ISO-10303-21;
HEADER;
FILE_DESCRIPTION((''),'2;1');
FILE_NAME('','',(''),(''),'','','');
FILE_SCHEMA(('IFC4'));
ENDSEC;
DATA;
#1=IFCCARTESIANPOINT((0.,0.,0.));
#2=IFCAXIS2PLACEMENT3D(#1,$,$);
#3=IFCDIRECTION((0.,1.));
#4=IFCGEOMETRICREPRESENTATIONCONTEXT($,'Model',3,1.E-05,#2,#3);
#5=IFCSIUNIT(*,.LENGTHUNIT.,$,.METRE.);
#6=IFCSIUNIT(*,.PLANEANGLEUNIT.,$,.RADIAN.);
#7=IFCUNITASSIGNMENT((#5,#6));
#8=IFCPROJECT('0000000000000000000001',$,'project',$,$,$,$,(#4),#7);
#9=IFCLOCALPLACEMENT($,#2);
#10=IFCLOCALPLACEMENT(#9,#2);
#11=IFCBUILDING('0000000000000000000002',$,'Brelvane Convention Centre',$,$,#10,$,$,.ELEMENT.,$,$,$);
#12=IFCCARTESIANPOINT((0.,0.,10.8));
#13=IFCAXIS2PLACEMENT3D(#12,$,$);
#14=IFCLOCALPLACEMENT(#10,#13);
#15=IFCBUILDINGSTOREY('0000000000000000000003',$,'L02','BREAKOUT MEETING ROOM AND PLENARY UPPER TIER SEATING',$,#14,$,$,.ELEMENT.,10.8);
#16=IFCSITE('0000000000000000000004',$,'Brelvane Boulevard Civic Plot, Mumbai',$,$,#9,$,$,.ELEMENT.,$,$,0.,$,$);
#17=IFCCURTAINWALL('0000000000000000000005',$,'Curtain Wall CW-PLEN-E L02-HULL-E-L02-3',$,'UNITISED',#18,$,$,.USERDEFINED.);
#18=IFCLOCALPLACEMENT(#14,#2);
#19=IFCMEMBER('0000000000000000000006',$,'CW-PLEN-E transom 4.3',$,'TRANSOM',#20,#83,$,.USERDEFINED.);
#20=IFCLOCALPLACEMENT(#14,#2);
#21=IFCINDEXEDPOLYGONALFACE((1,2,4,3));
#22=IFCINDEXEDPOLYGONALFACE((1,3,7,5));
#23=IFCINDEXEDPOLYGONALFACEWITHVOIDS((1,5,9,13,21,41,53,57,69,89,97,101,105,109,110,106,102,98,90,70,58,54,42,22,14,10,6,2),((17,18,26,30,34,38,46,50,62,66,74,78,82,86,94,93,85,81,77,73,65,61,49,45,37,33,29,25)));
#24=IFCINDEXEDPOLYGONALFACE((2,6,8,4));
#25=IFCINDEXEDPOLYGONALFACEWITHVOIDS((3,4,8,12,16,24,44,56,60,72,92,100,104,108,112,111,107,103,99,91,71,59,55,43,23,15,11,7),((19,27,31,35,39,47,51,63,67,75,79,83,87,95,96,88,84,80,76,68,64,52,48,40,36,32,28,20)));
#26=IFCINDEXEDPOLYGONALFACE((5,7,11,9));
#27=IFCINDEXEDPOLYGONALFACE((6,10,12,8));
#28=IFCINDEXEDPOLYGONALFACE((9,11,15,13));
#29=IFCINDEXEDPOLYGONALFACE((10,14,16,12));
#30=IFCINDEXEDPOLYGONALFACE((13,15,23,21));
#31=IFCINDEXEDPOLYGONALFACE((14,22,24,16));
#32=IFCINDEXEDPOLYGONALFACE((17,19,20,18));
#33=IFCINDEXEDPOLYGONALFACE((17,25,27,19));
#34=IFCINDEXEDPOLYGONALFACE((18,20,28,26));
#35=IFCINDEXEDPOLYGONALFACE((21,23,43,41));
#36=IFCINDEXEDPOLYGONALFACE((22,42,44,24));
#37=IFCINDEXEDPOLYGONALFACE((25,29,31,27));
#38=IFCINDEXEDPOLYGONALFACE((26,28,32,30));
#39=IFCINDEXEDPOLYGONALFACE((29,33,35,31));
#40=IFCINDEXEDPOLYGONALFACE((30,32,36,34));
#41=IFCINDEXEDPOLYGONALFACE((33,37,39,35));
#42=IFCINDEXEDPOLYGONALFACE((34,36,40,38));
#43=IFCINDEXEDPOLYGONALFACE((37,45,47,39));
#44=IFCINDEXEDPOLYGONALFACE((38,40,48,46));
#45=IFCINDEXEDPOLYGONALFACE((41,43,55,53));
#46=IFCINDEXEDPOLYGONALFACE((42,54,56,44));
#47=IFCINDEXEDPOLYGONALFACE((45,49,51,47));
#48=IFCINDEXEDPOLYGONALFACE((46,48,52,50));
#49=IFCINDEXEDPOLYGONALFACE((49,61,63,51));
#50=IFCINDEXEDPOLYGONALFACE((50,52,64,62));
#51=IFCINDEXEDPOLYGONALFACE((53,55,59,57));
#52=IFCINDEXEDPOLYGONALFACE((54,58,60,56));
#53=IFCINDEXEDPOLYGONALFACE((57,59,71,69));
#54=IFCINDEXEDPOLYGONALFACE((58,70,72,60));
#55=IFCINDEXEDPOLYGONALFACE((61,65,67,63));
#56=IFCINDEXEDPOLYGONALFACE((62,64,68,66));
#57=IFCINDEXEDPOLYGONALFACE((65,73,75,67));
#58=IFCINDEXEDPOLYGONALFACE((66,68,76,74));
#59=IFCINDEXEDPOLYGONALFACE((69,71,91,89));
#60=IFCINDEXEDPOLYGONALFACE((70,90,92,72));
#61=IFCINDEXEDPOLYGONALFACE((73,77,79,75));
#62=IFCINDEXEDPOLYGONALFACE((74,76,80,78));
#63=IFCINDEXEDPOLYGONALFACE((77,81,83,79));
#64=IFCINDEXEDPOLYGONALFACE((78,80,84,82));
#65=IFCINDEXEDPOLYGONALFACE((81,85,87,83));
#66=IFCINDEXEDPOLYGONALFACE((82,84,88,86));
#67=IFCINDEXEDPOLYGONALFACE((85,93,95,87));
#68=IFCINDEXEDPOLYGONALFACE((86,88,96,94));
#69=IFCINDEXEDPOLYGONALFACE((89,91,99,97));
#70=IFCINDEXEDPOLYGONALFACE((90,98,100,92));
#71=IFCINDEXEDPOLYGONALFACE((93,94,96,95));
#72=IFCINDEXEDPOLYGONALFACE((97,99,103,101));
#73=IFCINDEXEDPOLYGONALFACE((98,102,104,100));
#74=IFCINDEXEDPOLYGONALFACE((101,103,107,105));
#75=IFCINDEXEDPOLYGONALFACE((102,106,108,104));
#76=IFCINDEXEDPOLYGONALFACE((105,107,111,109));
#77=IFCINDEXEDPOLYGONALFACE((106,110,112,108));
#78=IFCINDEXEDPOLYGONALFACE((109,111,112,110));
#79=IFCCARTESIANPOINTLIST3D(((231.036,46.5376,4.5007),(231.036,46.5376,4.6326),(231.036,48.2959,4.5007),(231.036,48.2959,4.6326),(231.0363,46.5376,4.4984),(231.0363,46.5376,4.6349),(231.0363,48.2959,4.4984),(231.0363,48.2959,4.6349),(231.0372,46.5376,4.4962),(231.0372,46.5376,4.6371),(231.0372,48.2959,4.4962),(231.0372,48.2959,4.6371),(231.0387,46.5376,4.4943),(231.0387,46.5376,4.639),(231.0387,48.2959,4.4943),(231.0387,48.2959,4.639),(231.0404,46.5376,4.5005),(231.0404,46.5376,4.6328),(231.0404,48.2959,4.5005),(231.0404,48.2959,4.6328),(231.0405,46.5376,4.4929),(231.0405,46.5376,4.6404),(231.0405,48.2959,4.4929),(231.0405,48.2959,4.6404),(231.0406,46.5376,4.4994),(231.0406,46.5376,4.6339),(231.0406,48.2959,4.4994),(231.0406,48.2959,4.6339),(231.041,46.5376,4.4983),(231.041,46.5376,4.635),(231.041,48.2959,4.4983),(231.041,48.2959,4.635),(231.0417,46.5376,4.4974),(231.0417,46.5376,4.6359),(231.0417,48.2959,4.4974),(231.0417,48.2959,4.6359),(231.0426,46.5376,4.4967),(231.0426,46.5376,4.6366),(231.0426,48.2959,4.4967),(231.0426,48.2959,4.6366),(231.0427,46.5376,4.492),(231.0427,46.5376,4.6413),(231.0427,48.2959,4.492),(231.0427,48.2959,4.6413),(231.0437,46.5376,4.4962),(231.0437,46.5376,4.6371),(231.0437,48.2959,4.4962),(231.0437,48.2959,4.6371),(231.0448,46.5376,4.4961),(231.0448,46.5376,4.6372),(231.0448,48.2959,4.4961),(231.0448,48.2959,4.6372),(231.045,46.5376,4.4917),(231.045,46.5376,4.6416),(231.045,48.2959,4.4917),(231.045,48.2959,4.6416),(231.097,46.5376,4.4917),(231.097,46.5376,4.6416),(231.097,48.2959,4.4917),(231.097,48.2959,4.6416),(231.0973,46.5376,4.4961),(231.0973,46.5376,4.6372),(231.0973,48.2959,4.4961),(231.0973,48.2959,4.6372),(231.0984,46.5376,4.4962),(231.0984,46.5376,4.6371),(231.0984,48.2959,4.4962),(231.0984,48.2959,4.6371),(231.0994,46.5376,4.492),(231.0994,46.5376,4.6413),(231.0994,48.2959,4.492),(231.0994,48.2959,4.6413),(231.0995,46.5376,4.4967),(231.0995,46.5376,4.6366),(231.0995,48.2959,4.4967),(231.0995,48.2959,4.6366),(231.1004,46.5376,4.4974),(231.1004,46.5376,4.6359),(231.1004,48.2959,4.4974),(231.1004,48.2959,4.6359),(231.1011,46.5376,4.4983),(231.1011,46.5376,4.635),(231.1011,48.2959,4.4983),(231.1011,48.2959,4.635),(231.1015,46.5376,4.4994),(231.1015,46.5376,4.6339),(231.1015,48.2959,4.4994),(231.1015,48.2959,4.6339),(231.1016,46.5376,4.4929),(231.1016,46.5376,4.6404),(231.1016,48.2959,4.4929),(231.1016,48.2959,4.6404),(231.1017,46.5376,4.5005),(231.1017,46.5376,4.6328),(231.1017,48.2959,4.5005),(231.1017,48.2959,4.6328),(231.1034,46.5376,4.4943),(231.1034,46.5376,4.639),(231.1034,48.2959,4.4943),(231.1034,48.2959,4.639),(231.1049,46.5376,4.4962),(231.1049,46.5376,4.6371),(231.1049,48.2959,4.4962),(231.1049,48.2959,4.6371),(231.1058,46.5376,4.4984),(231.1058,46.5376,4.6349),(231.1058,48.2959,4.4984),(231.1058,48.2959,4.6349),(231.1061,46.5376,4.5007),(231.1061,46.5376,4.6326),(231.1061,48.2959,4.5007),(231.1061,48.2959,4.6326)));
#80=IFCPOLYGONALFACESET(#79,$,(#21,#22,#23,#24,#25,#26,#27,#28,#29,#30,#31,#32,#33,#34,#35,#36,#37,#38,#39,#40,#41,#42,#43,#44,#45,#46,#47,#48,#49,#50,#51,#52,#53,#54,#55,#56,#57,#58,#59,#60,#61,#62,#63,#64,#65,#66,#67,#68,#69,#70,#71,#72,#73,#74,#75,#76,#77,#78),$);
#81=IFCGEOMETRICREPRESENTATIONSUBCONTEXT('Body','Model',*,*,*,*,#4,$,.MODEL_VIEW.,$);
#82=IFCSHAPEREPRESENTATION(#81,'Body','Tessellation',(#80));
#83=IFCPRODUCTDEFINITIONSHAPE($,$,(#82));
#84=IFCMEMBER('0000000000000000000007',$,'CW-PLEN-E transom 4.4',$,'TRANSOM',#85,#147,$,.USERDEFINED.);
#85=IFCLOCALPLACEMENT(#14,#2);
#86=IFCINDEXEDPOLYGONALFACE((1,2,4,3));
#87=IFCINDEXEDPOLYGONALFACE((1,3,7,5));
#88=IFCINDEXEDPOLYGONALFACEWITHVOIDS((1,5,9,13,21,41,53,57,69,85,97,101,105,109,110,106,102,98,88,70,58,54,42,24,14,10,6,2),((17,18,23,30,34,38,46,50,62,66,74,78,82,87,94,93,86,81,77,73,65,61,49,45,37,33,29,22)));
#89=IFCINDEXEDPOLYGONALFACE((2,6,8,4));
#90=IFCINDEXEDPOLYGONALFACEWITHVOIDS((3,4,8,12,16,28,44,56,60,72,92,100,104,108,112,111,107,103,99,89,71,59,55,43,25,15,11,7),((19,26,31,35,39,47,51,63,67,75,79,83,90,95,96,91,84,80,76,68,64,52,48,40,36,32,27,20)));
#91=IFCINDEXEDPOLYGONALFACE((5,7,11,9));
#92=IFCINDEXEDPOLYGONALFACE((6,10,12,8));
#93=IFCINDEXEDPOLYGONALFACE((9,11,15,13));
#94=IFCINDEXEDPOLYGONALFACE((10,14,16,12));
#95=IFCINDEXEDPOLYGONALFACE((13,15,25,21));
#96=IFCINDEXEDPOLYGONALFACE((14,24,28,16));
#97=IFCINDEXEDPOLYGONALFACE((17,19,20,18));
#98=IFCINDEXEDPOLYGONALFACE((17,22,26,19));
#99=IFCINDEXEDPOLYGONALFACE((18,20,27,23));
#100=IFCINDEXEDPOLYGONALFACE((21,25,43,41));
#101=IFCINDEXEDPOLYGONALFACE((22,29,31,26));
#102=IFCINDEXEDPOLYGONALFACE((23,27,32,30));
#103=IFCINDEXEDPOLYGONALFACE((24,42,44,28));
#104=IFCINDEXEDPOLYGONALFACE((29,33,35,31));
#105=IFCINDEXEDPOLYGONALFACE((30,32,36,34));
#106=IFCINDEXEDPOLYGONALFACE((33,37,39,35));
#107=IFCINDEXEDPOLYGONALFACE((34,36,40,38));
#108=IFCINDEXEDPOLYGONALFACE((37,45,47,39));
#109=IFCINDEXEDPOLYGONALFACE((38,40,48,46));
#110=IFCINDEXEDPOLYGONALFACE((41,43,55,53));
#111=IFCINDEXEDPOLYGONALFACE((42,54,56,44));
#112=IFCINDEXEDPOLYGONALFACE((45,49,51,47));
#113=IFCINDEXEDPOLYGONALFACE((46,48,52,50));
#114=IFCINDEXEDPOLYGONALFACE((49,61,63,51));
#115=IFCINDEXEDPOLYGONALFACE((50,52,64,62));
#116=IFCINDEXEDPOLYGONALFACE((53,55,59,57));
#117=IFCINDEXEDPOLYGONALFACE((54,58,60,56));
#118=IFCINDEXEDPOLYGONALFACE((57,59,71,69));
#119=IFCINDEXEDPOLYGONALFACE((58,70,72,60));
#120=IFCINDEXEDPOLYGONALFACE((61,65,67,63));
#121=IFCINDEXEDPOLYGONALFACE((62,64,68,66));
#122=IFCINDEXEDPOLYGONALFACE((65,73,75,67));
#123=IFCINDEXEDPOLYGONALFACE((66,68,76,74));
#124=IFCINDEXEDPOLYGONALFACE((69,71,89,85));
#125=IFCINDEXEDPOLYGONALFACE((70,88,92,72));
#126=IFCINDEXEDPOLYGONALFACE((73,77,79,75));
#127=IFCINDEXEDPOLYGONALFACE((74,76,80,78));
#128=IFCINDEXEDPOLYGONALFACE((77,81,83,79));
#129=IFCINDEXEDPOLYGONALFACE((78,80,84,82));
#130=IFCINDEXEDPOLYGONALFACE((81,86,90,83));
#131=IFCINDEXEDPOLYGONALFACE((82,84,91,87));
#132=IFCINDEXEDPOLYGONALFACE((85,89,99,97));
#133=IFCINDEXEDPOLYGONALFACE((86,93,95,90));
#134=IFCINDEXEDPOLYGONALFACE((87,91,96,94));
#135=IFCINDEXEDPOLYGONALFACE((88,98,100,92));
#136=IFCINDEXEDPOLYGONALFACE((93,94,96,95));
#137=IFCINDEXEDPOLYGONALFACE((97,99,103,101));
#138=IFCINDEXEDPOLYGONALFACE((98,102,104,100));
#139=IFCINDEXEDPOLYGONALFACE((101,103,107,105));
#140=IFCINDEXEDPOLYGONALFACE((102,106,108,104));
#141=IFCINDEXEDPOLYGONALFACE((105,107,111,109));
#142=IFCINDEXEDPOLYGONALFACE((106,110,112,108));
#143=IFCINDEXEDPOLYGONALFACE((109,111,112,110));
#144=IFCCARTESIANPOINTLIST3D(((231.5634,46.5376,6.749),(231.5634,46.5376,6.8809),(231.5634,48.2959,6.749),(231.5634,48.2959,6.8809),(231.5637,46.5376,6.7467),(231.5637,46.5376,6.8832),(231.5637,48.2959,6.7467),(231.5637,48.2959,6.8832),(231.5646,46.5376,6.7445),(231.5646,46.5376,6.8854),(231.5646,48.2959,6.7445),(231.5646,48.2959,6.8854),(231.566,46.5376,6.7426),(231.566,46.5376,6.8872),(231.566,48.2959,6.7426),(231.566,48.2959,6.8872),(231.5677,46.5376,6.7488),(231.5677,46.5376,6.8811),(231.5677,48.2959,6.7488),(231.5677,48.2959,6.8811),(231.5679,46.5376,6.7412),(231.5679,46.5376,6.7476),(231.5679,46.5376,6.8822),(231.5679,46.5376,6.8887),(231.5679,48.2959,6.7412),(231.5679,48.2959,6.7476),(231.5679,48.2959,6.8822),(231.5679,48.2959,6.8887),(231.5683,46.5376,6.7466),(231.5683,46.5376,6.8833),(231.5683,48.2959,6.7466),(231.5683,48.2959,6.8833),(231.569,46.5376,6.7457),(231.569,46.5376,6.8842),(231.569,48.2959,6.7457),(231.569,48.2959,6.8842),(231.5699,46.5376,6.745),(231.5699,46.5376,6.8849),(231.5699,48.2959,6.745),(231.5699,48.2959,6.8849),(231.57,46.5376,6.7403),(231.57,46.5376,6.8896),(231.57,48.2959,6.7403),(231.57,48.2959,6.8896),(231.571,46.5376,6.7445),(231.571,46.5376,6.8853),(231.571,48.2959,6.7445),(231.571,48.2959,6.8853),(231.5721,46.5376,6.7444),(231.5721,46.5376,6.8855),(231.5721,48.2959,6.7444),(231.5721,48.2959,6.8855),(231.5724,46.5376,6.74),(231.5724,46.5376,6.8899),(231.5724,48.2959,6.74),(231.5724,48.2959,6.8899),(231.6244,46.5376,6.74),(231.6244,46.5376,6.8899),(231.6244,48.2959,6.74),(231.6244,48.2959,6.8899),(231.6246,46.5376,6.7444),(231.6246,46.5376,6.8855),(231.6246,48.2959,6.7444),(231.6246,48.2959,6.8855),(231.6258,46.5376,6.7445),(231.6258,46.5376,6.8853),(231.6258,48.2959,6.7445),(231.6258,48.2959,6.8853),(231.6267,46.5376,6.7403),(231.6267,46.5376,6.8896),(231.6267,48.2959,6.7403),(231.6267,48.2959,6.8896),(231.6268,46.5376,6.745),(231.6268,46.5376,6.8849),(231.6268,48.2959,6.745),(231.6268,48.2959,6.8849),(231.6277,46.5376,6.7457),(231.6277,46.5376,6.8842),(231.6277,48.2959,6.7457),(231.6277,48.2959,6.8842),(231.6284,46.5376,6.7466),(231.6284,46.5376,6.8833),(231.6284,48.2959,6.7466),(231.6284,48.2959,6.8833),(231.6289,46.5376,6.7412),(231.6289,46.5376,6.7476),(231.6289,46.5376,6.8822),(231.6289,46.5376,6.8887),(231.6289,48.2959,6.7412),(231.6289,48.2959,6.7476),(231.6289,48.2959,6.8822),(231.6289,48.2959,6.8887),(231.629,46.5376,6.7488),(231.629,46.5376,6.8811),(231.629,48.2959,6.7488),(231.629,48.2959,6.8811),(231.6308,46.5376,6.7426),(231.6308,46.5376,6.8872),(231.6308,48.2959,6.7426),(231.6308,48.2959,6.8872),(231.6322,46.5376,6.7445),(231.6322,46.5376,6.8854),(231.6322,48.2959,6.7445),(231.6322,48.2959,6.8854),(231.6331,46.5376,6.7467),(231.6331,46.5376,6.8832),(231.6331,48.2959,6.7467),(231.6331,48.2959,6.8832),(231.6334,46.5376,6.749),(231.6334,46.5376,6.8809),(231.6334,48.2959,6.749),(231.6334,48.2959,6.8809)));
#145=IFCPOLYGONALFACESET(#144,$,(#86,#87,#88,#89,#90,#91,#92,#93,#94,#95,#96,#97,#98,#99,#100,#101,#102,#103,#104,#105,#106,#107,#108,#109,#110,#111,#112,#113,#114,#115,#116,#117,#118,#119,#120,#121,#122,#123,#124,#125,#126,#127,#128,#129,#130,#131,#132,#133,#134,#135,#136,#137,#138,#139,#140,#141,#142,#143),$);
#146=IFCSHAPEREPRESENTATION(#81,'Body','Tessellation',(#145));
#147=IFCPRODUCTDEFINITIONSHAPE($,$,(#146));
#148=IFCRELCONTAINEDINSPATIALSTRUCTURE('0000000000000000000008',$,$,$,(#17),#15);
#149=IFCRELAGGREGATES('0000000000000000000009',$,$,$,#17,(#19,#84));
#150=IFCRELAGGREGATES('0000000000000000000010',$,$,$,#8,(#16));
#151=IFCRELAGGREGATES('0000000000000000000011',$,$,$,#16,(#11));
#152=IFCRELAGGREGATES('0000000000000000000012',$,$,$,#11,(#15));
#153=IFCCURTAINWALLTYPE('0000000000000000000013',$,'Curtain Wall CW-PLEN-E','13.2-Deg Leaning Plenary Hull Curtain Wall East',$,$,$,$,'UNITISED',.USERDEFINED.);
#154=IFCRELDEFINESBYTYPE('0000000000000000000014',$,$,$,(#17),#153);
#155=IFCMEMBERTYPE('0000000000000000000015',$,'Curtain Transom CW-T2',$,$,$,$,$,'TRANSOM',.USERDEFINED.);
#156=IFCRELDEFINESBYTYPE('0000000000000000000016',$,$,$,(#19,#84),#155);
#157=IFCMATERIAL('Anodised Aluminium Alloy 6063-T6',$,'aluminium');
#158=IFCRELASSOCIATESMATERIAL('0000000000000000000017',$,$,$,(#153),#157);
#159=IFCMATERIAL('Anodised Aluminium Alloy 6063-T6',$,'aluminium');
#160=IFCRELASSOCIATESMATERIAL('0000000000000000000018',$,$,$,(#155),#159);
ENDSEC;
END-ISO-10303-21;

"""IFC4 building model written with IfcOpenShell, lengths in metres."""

from ifc_helpers import new_model, si_unit, direction, frame, origin, origin_2d, place, context, subcontext, project, spatial, hollow_rectangle, extrude, material, material_profile, profile_set, type_object, element, aggregate, save


model = new_model("IFC4")

# Units and contexts
model_context = context("Model", 3, precision=1e-05, world=origin(), true_north=direction((0.0, 1.0)))
body_context = subcontext(model_context, "Body", "Model", "MODEL_VIEW")
ifc_project = project(units=[si_unit("LENGTHUNIT", "METRE"), si_unit("PLANEANGLEUNIT", "RADIAN")], contexts=[model_context])

# Site, building, storey
site_placement = place(None, origin())
site = spatial("IfcSite", under=ifc_project, at=site_placement, Name="Brelvane Boulevard Civic Plot, Mumbai", CompositionType="ELEMENT", RefElevation=0.0)
building_placement = place(site_placement, origin())
building = spatial("IfcBuilding", under=site, at=building_placement, Name="Brelvane Convention Centre", CompositionType="ELEMENT")
storey_placement = place(building_placement, frame((0.0, 0.0, 10.8)))
storey = spatial("IfcBuildingStorey", under=building, at=storey_placement, Name="L02", Description="BREAKOUT MEETING ROOM AND PLENARY UPPER TIER SEATING", CompositionType="ELEMENT", Elevation=10.8)

# Curtain wall, members
ifc_material_1 = material(Name="Anodised Aluminium Alloy 6063-T6", Category="aluminium")
curtain_wall_type = type_object("IfcCurtainWallType", Name="Curtain Wall CW-PLEN-E", Description="13.2-Deg Leaning Plenary Hull Curtain Wall East", ElementType="UNITISED", PredefinedType="USERDEFINED", material=ifc_material_1)
curtain_wall_1_placement = place(storey_placement, origin())
curtain_wall_1 = element("IfcCurtainWall", 1, at=curtain_wall_1_placement, inside=storey, type_object=curtain_wall_type, Name="Curtain Wall CW-PLEN-E L02-HULL-E-L02-3", ObjectType="UNITISED", PredefinedType="USERDEFINED")
ifc_material_2 = material(Name="Anodised Aluminium Alloy 6063-T6", Category="aluminium")
ifc_material_profile = material_profile(ifc_material_2, hollow_rectangle(XDim=0.0701, YDim=0.1499, WallThickness=0.0044, InnerFilletRadius=0.0044, OuterFilletRadius=0.009, at=origin_2d()), Name="ALU-T 150x70x4.5")
ifc_profile_set = profile_set([ifc_material_profile], Name="Anodised Aluminium Alloy 6063-T6")
member_type = type_object("IfcMemberType", Name="Curtain Transom CW-T2", ElementType="TRANSOM", PredefinedType="USERDEFINED", material=ifc_profile_set)
member_1_placement = place(storey_placement, frame((231.071, 46.5376, 4.5667), z_axis=(0.0, 1.0, 0.0), x_axis=(-1.0, 0.0, 0.0)))
member_1 = element("IfcMember", 2, at=member_1_placement, type_object=member_type, Name="CW-PLEN-E transom 4.3", ObjectType="TRANSOM", PredefinedType="USERDEFINED", context=body_context, shape_type="SweptSolid", body=[
    extrude(hollow_rectangle(XDim=0.0701, YDim=0.1499, WallThickness=0.0044, InnerFilletRadius=0.0044, OuterFilletRadius=0.009, at=origin_2d()), origin(), (0.0, 0.0, 1.0), 1.7583),
])
member_2_placement = place(storey_placement, frame((231.5984, 46.5376, 6.8149), z_axis=(0.0, 1.0, 0.0), x_axis=(-1.0, 0.0, 0.0)))
member_2 = element("IfcMember", 3, at=member_2_placement, type_object=member_type, Name="CW-PLEN-E transom 4.4", ObjectType="TRANSOM", PredefinedType="USERDEFINED", context=body_context, shape_type="SweptSolid", body=[
    extrude(hollow_rectangle(XDim=0.0701, YDim=0.1499, WallThickness=0.0044, InnerFilletRadius=0.0044, OuterFilletRadius=0.009, at=origin_2d()), origin(), (0.0, 0.0, 1.0), 1.7583),
])

aggregate(curtain_wall_1, [member_1, member_2])

save(model, "model.ifc")
